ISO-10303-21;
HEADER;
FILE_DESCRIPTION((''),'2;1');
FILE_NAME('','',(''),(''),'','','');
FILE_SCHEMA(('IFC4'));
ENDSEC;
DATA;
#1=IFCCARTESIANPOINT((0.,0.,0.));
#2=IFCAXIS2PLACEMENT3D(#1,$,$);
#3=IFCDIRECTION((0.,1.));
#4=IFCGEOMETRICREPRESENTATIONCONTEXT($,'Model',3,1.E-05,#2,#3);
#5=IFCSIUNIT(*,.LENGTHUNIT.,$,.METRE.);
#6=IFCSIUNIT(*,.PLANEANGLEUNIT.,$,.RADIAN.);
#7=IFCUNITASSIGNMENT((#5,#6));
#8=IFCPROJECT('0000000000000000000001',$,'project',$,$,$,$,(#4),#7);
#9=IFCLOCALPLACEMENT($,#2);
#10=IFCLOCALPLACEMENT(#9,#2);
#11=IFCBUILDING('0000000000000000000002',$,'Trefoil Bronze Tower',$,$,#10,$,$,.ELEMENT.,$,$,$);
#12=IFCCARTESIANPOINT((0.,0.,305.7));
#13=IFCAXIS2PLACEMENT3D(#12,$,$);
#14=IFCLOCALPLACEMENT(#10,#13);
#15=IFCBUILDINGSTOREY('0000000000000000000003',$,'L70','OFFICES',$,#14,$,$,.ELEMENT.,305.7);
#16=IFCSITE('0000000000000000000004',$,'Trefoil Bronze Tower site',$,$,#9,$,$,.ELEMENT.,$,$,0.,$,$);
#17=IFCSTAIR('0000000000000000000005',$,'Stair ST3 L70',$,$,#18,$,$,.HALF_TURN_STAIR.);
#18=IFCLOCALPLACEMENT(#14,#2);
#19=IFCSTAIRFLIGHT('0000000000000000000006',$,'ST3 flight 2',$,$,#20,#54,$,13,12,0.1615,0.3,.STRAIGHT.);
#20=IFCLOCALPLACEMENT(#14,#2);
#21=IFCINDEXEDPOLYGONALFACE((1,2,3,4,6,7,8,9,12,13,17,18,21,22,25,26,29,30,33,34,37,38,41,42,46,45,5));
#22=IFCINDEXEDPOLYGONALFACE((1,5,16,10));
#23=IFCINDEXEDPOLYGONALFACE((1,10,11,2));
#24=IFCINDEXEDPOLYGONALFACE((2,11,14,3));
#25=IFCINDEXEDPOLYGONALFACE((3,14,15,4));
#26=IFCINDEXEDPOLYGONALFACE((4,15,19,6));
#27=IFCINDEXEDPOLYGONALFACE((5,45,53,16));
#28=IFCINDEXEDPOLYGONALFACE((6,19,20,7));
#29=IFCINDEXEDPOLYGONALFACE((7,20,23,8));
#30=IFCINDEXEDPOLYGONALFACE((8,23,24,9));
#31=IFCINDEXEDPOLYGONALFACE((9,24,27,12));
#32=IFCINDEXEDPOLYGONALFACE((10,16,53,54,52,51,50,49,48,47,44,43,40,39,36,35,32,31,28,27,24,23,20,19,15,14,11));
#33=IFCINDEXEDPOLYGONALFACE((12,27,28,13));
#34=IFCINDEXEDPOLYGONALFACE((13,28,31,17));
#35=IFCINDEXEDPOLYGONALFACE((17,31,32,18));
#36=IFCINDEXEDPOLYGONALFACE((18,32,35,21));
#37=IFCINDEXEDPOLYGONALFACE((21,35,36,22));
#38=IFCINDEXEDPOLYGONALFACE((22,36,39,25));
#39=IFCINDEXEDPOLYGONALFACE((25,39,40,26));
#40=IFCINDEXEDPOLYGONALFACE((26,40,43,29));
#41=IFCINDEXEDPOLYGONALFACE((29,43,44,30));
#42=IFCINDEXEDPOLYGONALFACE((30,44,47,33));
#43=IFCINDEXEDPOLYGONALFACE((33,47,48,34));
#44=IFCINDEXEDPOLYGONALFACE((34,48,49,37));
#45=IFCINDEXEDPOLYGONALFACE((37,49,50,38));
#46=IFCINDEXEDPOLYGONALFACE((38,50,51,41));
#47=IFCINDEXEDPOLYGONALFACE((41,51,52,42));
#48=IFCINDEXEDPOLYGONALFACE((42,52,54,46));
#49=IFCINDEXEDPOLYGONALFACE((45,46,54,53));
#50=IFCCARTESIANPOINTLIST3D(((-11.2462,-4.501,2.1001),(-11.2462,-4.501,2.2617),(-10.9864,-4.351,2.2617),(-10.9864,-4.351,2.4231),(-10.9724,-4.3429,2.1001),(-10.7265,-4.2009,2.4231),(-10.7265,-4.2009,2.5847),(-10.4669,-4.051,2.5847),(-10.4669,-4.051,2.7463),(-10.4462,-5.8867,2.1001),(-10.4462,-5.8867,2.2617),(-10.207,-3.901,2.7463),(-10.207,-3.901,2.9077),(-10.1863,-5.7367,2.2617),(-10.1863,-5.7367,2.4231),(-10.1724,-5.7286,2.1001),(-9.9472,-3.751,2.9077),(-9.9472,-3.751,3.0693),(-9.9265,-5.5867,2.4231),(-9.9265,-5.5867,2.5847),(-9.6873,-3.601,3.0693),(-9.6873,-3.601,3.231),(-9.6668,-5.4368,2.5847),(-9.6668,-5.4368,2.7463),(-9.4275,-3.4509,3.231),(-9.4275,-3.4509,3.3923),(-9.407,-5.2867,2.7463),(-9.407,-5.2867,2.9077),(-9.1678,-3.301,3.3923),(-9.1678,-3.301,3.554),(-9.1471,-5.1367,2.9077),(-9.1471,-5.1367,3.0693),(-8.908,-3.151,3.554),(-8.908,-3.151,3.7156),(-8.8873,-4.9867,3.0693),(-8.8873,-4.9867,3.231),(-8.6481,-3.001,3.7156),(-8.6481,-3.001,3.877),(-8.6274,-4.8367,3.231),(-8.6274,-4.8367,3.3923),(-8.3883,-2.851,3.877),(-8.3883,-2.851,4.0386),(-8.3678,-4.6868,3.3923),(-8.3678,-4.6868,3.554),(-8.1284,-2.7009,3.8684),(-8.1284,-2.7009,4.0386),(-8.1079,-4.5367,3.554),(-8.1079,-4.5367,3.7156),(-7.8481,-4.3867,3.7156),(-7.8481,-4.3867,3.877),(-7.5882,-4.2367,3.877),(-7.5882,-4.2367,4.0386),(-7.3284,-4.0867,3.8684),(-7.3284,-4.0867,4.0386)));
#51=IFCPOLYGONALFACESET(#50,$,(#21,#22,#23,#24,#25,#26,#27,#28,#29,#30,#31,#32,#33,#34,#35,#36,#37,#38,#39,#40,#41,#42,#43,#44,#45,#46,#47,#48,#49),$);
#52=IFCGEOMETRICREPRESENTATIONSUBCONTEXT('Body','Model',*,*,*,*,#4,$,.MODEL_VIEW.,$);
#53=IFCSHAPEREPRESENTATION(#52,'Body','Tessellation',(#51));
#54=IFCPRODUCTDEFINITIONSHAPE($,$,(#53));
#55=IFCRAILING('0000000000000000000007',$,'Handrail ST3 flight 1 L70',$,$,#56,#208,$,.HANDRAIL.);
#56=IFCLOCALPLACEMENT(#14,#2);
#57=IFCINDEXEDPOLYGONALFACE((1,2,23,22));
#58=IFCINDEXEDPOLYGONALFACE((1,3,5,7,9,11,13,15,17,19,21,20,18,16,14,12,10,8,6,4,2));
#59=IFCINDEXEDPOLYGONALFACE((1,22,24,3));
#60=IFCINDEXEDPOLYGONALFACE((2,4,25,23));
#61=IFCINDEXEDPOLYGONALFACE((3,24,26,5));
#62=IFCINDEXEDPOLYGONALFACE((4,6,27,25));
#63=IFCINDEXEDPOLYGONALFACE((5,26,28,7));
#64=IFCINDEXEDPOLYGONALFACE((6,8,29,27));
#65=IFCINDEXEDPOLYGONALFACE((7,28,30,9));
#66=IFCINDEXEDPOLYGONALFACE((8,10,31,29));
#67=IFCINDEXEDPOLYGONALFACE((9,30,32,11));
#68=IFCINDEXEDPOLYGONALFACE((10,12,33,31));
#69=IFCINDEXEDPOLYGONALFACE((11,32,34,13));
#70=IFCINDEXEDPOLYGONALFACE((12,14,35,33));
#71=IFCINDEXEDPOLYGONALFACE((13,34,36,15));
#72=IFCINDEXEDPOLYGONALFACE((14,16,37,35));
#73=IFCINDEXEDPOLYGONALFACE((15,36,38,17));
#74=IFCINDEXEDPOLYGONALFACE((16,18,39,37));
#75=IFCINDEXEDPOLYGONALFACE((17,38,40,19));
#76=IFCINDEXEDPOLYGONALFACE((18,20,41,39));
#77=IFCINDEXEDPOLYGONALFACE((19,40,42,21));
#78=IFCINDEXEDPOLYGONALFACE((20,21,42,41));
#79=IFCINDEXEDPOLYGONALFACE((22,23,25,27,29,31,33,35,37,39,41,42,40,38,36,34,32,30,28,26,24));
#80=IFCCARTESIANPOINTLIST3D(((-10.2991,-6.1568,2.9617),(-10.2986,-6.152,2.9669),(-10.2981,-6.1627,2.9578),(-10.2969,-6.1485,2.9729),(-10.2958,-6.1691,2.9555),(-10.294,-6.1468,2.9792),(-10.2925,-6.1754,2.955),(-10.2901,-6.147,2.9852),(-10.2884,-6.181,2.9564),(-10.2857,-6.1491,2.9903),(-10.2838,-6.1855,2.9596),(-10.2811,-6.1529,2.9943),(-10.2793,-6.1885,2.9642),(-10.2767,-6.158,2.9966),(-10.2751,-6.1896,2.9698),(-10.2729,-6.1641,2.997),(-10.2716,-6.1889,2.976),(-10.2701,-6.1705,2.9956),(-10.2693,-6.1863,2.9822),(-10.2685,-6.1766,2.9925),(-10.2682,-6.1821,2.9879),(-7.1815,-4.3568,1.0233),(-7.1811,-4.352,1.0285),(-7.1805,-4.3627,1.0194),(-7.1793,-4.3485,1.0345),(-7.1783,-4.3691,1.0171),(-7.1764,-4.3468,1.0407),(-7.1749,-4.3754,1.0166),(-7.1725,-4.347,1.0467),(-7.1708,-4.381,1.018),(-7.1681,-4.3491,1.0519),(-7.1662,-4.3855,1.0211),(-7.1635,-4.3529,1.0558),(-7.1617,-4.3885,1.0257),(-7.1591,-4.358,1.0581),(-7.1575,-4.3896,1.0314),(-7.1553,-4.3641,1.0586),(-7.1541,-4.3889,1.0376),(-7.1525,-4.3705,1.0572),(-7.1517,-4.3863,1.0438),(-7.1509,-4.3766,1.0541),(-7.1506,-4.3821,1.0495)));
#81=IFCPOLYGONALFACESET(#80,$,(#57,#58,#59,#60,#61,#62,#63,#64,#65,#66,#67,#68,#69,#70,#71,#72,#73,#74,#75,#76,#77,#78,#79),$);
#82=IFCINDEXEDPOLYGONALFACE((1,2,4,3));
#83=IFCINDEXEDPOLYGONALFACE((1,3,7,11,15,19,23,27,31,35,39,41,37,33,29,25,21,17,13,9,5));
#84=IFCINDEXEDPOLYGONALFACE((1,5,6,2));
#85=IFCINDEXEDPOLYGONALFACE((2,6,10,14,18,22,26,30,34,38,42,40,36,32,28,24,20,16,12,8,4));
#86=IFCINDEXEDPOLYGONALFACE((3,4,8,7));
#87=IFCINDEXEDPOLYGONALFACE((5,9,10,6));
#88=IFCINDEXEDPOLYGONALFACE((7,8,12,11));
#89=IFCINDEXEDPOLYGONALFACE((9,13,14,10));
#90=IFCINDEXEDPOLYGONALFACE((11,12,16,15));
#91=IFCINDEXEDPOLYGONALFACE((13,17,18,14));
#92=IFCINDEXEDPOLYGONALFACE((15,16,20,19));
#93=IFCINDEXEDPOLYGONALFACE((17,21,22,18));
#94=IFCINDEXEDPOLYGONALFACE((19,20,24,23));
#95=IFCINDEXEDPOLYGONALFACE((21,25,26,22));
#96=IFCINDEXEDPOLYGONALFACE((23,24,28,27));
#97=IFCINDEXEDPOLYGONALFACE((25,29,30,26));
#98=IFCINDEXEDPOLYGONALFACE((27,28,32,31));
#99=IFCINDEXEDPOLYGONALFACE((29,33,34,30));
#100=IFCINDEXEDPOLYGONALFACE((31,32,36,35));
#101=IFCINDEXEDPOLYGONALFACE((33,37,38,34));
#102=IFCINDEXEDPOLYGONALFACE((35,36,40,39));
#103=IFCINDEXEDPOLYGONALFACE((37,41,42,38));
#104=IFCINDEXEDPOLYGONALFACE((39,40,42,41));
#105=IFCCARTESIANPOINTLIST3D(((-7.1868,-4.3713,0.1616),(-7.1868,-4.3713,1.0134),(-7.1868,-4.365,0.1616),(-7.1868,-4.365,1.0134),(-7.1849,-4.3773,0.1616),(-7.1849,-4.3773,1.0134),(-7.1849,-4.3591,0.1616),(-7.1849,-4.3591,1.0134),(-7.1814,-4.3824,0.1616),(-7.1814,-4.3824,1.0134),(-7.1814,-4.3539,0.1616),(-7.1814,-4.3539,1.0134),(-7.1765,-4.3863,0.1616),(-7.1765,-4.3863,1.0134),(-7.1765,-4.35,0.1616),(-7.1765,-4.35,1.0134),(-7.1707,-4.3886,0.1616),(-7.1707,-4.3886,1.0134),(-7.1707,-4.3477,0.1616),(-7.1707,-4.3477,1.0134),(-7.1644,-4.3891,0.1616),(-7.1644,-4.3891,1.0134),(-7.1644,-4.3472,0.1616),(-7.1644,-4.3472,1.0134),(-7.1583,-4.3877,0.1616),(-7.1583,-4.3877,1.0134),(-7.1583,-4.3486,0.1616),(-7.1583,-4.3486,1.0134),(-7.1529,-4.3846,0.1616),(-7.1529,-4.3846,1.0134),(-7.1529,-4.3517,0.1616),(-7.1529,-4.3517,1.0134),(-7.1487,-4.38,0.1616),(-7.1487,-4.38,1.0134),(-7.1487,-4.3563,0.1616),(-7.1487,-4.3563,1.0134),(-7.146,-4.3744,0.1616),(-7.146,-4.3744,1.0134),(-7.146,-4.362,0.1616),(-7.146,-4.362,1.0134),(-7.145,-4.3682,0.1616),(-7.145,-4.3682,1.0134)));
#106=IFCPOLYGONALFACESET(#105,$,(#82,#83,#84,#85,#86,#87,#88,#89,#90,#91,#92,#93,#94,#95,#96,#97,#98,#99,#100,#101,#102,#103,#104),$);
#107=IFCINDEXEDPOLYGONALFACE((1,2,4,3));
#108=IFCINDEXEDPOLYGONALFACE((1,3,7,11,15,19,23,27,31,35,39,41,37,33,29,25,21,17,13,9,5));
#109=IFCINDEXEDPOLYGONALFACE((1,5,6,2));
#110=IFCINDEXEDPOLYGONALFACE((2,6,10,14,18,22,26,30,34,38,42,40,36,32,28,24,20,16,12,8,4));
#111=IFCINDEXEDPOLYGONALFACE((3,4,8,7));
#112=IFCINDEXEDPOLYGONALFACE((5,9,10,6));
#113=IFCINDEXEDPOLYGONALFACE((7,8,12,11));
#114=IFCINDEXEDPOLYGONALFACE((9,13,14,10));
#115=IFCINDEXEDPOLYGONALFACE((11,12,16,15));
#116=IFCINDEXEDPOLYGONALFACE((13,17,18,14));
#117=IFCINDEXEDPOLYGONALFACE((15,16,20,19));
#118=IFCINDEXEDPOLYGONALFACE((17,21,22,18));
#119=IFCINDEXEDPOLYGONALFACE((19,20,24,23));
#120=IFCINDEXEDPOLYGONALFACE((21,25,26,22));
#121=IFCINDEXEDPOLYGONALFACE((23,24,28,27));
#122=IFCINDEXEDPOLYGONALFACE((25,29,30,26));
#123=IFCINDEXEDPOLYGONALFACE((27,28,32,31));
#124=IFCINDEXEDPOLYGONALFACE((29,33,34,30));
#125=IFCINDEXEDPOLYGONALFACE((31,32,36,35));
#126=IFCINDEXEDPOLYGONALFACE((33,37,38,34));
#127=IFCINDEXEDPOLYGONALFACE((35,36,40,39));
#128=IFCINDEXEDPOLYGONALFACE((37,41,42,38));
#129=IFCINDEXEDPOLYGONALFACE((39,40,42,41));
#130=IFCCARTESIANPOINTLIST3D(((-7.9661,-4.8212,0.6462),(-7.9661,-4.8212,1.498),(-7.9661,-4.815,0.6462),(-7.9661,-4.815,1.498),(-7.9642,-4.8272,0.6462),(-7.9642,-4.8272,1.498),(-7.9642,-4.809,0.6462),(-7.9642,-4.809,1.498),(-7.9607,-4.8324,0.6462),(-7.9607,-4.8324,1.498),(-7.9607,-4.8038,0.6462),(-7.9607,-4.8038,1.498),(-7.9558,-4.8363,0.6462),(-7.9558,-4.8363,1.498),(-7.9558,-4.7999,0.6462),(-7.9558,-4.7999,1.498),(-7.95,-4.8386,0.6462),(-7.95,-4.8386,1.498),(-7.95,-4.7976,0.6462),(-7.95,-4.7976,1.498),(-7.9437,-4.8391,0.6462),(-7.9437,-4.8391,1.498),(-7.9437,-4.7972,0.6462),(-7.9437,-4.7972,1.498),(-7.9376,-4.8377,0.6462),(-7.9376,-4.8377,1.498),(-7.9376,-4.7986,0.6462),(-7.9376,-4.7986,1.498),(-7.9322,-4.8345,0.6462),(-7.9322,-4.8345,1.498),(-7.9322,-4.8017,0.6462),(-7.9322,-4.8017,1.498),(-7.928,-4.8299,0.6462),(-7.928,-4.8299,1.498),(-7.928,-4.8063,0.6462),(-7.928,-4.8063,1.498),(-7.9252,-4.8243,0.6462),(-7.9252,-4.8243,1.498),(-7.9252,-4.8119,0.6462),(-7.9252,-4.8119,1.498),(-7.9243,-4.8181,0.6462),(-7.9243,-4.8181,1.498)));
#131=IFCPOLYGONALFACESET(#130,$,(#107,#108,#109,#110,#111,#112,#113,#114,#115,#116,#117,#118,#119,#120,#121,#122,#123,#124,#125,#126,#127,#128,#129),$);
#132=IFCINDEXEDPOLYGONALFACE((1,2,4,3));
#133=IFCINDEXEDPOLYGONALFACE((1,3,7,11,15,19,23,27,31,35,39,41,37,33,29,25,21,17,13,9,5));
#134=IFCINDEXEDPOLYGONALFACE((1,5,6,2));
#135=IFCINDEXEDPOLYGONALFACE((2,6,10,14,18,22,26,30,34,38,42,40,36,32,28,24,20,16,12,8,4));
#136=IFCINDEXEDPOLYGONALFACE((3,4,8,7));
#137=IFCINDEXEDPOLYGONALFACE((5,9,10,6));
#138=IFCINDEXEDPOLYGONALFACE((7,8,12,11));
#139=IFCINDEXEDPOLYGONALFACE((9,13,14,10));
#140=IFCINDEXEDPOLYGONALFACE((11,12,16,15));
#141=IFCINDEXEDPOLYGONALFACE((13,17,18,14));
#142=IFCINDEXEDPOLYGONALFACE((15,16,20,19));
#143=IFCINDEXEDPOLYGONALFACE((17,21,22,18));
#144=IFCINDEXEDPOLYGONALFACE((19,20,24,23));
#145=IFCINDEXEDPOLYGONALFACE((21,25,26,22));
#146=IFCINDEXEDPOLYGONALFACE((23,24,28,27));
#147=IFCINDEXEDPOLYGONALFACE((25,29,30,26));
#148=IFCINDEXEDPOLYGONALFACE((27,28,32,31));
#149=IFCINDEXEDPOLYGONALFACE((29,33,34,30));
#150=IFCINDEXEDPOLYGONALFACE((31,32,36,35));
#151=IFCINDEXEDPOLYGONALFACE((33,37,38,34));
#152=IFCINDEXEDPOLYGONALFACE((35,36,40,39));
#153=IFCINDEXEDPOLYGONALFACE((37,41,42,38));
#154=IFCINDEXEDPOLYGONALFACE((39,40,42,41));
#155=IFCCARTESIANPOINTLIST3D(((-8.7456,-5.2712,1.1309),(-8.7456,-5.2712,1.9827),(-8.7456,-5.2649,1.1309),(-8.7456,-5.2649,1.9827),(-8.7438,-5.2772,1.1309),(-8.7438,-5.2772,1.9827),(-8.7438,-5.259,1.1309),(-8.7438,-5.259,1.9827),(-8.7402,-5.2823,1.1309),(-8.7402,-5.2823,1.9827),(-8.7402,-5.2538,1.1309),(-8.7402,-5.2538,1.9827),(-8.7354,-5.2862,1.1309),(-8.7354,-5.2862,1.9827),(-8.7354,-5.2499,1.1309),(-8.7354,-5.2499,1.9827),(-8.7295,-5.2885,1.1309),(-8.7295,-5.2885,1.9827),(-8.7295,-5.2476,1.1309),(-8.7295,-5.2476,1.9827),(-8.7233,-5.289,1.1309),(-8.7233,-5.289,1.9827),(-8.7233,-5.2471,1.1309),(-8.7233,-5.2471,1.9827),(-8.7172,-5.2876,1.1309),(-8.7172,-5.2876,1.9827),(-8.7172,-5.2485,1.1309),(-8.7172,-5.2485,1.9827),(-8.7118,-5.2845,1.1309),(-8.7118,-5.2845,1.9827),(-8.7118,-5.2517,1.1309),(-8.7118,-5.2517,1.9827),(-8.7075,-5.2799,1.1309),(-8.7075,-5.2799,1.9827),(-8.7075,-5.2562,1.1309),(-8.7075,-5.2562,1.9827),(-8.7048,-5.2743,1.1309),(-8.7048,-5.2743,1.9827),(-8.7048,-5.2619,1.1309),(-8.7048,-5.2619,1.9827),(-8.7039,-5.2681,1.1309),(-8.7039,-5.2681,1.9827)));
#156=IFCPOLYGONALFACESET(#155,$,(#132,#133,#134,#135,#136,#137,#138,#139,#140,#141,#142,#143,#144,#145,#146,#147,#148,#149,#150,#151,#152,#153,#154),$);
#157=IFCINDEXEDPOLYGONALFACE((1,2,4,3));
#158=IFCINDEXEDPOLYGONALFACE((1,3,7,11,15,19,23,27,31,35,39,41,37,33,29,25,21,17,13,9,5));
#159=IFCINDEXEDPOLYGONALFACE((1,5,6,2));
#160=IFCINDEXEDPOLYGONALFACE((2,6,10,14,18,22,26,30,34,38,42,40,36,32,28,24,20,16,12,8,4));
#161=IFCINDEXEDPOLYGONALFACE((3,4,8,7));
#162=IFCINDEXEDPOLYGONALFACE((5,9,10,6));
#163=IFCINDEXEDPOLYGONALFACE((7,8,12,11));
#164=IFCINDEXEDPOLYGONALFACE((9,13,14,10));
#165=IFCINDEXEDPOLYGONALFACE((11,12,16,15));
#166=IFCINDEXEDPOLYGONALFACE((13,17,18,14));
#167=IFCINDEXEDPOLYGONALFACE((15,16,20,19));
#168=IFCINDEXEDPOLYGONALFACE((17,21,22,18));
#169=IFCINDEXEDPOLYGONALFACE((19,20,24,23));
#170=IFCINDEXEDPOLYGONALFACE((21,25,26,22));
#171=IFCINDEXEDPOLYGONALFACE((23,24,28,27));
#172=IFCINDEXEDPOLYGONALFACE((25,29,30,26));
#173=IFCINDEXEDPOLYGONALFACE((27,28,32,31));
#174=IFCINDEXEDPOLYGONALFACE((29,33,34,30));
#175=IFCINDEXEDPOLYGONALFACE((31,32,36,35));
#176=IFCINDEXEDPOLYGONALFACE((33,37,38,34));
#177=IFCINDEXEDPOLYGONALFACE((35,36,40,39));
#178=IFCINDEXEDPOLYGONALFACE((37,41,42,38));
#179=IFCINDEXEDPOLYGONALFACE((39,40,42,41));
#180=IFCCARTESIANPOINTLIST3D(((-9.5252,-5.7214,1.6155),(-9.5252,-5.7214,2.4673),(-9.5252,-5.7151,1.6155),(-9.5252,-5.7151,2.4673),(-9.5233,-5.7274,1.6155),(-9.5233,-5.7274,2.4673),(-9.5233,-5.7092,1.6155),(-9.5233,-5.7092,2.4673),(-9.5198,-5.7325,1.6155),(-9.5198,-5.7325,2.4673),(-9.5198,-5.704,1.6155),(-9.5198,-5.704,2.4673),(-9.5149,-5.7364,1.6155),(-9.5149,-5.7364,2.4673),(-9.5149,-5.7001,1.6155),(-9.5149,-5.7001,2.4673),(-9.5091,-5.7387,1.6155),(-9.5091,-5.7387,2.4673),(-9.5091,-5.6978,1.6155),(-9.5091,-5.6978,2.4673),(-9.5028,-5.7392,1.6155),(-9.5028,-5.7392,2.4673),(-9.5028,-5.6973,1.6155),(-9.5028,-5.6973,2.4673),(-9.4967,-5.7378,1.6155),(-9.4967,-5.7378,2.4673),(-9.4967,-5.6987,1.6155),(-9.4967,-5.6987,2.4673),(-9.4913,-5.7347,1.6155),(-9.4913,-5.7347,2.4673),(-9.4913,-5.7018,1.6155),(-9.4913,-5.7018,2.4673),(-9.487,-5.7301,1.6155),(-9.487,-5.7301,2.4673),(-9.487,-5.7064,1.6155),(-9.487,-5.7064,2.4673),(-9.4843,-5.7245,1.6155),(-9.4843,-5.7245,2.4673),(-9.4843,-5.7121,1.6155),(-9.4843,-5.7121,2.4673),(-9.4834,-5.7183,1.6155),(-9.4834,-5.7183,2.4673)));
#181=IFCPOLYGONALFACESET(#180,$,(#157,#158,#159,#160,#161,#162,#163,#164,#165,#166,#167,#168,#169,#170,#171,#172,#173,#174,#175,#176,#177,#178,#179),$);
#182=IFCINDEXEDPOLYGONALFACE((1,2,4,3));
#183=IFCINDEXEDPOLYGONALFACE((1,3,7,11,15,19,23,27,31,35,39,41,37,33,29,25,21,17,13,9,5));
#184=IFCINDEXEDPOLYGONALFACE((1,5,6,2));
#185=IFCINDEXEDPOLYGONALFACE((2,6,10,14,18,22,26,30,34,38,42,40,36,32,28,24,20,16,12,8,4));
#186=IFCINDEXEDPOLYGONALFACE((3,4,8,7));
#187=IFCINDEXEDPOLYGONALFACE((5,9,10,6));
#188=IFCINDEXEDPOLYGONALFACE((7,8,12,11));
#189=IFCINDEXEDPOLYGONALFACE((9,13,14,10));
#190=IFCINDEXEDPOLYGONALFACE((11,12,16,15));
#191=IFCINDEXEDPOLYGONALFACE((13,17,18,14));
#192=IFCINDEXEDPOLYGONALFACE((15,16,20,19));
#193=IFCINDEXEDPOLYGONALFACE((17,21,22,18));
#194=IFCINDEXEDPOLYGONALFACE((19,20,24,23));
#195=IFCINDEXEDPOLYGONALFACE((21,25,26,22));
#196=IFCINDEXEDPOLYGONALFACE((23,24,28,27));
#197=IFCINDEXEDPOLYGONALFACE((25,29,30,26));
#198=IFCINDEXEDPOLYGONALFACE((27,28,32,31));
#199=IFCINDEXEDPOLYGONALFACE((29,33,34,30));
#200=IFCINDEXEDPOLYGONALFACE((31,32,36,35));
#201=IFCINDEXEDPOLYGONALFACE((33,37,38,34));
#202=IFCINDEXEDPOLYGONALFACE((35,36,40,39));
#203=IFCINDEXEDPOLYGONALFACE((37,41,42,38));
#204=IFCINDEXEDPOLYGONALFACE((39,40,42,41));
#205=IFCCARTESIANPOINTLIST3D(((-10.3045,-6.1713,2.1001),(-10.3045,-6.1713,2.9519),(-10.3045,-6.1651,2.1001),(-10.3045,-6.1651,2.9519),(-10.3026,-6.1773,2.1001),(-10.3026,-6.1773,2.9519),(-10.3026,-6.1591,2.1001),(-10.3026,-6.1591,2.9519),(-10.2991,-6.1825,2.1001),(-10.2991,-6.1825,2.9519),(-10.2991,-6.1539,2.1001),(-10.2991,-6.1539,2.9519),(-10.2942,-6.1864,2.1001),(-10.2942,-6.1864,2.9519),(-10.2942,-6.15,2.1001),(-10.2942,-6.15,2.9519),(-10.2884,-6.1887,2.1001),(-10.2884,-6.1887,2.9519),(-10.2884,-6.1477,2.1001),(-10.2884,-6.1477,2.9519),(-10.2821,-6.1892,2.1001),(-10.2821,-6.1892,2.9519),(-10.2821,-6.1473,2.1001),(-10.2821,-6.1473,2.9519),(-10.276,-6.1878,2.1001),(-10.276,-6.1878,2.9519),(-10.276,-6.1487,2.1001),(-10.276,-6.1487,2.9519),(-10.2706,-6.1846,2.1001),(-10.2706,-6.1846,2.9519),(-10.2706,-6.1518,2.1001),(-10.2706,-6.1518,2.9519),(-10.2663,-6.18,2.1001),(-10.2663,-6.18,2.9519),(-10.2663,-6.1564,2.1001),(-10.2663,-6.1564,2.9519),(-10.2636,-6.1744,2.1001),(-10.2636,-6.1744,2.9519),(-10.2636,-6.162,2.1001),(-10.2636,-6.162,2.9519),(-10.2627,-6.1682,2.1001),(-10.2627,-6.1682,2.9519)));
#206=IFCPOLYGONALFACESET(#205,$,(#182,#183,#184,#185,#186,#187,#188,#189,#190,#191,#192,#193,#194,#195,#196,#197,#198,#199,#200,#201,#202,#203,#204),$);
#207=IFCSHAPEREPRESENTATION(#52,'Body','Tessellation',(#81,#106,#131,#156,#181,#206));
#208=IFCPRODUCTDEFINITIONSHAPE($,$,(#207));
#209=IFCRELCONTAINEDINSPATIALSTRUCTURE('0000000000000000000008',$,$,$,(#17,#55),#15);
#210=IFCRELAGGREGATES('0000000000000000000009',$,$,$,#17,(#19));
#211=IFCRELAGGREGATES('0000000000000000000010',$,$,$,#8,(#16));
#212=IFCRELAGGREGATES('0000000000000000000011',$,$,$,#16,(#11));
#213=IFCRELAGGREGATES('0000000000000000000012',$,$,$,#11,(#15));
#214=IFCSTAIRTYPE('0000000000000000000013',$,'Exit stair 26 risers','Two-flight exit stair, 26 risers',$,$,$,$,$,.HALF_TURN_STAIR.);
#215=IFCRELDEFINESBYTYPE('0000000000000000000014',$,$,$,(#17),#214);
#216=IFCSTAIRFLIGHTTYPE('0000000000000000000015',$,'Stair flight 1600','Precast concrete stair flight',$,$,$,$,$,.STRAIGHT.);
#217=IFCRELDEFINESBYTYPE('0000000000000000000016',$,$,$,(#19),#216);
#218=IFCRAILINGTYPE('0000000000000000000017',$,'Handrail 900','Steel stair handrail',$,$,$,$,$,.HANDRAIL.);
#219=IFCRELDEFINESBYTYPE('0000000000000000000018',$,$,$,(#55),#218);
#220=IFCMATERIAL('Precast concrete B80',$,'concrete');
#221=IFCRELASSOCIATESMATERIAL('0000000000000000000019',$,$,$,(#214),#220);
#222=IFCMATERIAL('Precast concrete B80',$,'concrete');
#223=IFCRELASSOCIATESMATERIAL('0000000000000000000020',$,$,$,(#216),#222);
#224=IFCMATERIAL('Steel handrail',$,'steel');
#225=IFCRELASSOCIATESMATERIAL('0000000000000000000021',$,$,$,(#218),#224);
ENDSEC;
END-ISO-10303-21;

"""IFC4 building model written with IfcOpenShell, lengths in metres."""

from ifc_helpers import new_model, si_unit, direction, frame, origin, origin_2d, place, context, subcontext, project, spatial, polyline, circle, outline, extrude, material, type_object, element, aggregate, save


model = new_model("IFC4")

# Units and contexts
model_context = context("Model", 3, precision=1e-05, world=origin(), true_north=direction((0.0, 1.0)))
body_context = subcontext(model_context, "Body", "Model", "MODEL_VIEW")
ifc_project = project(units=[si_unit("LENGTHUNIT", "METRE"), si_unit("PLANEANGLEUNIT", "RADIAN")], contexts=[model_context])

# Site, building, storey
site_placement = place(None, origin())
site = spatial("IfcSite", under=ifc_project, at=site_placement, Name="Trefoil Bronze Tower site", CompositionType="ELEMENT", RefElevation=0.0)
building_placement = place(site_placement, origin())
building = spatial("IfcBuilding", under=site, at=building_placement, Name="Trefoil Bronze Tower", CompositionType="ELEMENT")
storey_placement = place(building_placement, frame((0.0, 0.0, 305.7)))
storey = spatial("IfcBuildingStorey", under=building, at=storey_placement, Name="L70", Description="OFFICES", CompositionType="ELEMENT", Elevation=305.7)

# Stair, stair flight
ifc_material_1 = material(Name="Precast concrete B80", Category="concrete")
stair_type = type_object("IfcStairType", Name="Exit stair 26 risers", Description="Two-flight exit stair, 26 risers", PredefinedType="HALF_TURN_STAIR", material=ifc_material_1)
stair_placement = place(storey_placement, origin())
stair = element("IfcStair", 1, at=stair_placement, inside=storey, type_object=stair_type, Name="Stair ST3 L70", PredefinedType="HALF_TURN_STAIR")
ifc_material_2 = material(Name="Precast concrete B80", Category="concrete")
stair_flight_type = type_object("IfcStairFlightType", Name="Stair flight 1600", Description="Precast concrete stair flight", PredefinedType="STRAIGHT", material=ifc_material_2)
stair_flight_1_placement = place(storey_placement, frame((-10.8462, -5.1938, 2.1001), z_axis=(0.0, 0.0, 1.0), x_axis=(0.866025, 0.5, 0.0)))
stair_flight_1 = element("IfcStairFlight", 2, at=stair_flight_1_placement, type_object=stair_flight_type, Name="ST3 flight 2", NumberOfRisers=13, NumberOfTreads=12, PredefinedType="STRAIGHT", RiserHeight=0.1615, TreadLength=0.3, context=body_context, shape_type="SweptSolid", body=[
    extrude(outline(polyline([(0.0, 0.0), (0.0, 0.1616), (0.3, 0.1616), (0.3, 0.323), (0.6001, 0.323), (0.6001, 0.4846), (0.8999, 0.4846), (0.8999, 0.6462), (1.2, 0.6462), (1.2, 0.8076), (1.5, 0.8076), (1.5, 0.9692), (1.8, 0.9692), (1.8, 1.1309), (2.1001, 1.1309), (2.1001, 1.2922), (2.3999, 1.2922), (2.3999, 1.4539), (2.7, 1.4539), (2.7, 1.6155), (3.0, 1.6155), (3.0, 1.7769), (3.3, 1.7769), (3.3, 1.9385), (3.6001, 1.9385), (3.6001, 2.1001), (3.6001, 1.7683), (0.3162, 0.0), (0.0, 0.0)])), frame((0.0, 0.8, 0.0), z_axis=(0.0, -1.0, 0.0), x_axis=(1.0, 0.0, 0.0)), (0.0, 0.0, 1.0), 1.6001),
])
aggregate(stair, [stair_flight_1])

# Railing
ifc_material_3 = material(Name="Steel handrail", Category="steel")
railing_type = type_object("IfcRailingType", Name="Handrail 900", Description="Steel stair handrail", PredefinedType="HANDRAIL", material=ifc_material_3)
railing_1_placement = place(storey_placement, frame((-7.166, -4.3682, 0.1616)))
element("IfcRailing", 3, at=railing_1_placement, inside=storey, type_object=railing_type, Name="Handrail ST3 flight 1 L70", PredefinedType="HANDRAIL", context=body_context, shape_type="SweptSolid", body=[
    extrude(circle(Radius=0.0239, at=origin_2d()), frame((0.0, 0.0, 0.876), z_axis=(-0.762503, -0.440246, 0.474102), x_axis=(0.500012, -0.866018, 0.0)), (0.0, 0.0, 1.0), 4.0886),
    extrude(circle(Radius=0.021, at=origin_2d()), origin(), (0.0, 0.0, 1.0), 0.8518),
    extrude(circle(Radius=0.021, at=origin_2d()), frame((-0.7793, -0.45, 0.4846)), (0.0, 0.0, 1.0), 0.8518),
    extrude(circle(Radius=0.021, at=origin_2d()), frame((-1.5588, -0.8999, 0.9692)), (0.0, 0.0, 1.0), 0.8518),
    extrude(circle(Radius=0.021, at=origin_2d()), frame((-2.3384, -1.3501, 1.4539)), (0.0, 0.0, 1.0), 0.8518),
    extrude(circle(Radius=0.021, at=origin_2d()), frame((-3.1177, -1.8, 1.9385)), (0.0, 0.0, 1.0), 0.8518),
])

save(model, "model.ifc")
